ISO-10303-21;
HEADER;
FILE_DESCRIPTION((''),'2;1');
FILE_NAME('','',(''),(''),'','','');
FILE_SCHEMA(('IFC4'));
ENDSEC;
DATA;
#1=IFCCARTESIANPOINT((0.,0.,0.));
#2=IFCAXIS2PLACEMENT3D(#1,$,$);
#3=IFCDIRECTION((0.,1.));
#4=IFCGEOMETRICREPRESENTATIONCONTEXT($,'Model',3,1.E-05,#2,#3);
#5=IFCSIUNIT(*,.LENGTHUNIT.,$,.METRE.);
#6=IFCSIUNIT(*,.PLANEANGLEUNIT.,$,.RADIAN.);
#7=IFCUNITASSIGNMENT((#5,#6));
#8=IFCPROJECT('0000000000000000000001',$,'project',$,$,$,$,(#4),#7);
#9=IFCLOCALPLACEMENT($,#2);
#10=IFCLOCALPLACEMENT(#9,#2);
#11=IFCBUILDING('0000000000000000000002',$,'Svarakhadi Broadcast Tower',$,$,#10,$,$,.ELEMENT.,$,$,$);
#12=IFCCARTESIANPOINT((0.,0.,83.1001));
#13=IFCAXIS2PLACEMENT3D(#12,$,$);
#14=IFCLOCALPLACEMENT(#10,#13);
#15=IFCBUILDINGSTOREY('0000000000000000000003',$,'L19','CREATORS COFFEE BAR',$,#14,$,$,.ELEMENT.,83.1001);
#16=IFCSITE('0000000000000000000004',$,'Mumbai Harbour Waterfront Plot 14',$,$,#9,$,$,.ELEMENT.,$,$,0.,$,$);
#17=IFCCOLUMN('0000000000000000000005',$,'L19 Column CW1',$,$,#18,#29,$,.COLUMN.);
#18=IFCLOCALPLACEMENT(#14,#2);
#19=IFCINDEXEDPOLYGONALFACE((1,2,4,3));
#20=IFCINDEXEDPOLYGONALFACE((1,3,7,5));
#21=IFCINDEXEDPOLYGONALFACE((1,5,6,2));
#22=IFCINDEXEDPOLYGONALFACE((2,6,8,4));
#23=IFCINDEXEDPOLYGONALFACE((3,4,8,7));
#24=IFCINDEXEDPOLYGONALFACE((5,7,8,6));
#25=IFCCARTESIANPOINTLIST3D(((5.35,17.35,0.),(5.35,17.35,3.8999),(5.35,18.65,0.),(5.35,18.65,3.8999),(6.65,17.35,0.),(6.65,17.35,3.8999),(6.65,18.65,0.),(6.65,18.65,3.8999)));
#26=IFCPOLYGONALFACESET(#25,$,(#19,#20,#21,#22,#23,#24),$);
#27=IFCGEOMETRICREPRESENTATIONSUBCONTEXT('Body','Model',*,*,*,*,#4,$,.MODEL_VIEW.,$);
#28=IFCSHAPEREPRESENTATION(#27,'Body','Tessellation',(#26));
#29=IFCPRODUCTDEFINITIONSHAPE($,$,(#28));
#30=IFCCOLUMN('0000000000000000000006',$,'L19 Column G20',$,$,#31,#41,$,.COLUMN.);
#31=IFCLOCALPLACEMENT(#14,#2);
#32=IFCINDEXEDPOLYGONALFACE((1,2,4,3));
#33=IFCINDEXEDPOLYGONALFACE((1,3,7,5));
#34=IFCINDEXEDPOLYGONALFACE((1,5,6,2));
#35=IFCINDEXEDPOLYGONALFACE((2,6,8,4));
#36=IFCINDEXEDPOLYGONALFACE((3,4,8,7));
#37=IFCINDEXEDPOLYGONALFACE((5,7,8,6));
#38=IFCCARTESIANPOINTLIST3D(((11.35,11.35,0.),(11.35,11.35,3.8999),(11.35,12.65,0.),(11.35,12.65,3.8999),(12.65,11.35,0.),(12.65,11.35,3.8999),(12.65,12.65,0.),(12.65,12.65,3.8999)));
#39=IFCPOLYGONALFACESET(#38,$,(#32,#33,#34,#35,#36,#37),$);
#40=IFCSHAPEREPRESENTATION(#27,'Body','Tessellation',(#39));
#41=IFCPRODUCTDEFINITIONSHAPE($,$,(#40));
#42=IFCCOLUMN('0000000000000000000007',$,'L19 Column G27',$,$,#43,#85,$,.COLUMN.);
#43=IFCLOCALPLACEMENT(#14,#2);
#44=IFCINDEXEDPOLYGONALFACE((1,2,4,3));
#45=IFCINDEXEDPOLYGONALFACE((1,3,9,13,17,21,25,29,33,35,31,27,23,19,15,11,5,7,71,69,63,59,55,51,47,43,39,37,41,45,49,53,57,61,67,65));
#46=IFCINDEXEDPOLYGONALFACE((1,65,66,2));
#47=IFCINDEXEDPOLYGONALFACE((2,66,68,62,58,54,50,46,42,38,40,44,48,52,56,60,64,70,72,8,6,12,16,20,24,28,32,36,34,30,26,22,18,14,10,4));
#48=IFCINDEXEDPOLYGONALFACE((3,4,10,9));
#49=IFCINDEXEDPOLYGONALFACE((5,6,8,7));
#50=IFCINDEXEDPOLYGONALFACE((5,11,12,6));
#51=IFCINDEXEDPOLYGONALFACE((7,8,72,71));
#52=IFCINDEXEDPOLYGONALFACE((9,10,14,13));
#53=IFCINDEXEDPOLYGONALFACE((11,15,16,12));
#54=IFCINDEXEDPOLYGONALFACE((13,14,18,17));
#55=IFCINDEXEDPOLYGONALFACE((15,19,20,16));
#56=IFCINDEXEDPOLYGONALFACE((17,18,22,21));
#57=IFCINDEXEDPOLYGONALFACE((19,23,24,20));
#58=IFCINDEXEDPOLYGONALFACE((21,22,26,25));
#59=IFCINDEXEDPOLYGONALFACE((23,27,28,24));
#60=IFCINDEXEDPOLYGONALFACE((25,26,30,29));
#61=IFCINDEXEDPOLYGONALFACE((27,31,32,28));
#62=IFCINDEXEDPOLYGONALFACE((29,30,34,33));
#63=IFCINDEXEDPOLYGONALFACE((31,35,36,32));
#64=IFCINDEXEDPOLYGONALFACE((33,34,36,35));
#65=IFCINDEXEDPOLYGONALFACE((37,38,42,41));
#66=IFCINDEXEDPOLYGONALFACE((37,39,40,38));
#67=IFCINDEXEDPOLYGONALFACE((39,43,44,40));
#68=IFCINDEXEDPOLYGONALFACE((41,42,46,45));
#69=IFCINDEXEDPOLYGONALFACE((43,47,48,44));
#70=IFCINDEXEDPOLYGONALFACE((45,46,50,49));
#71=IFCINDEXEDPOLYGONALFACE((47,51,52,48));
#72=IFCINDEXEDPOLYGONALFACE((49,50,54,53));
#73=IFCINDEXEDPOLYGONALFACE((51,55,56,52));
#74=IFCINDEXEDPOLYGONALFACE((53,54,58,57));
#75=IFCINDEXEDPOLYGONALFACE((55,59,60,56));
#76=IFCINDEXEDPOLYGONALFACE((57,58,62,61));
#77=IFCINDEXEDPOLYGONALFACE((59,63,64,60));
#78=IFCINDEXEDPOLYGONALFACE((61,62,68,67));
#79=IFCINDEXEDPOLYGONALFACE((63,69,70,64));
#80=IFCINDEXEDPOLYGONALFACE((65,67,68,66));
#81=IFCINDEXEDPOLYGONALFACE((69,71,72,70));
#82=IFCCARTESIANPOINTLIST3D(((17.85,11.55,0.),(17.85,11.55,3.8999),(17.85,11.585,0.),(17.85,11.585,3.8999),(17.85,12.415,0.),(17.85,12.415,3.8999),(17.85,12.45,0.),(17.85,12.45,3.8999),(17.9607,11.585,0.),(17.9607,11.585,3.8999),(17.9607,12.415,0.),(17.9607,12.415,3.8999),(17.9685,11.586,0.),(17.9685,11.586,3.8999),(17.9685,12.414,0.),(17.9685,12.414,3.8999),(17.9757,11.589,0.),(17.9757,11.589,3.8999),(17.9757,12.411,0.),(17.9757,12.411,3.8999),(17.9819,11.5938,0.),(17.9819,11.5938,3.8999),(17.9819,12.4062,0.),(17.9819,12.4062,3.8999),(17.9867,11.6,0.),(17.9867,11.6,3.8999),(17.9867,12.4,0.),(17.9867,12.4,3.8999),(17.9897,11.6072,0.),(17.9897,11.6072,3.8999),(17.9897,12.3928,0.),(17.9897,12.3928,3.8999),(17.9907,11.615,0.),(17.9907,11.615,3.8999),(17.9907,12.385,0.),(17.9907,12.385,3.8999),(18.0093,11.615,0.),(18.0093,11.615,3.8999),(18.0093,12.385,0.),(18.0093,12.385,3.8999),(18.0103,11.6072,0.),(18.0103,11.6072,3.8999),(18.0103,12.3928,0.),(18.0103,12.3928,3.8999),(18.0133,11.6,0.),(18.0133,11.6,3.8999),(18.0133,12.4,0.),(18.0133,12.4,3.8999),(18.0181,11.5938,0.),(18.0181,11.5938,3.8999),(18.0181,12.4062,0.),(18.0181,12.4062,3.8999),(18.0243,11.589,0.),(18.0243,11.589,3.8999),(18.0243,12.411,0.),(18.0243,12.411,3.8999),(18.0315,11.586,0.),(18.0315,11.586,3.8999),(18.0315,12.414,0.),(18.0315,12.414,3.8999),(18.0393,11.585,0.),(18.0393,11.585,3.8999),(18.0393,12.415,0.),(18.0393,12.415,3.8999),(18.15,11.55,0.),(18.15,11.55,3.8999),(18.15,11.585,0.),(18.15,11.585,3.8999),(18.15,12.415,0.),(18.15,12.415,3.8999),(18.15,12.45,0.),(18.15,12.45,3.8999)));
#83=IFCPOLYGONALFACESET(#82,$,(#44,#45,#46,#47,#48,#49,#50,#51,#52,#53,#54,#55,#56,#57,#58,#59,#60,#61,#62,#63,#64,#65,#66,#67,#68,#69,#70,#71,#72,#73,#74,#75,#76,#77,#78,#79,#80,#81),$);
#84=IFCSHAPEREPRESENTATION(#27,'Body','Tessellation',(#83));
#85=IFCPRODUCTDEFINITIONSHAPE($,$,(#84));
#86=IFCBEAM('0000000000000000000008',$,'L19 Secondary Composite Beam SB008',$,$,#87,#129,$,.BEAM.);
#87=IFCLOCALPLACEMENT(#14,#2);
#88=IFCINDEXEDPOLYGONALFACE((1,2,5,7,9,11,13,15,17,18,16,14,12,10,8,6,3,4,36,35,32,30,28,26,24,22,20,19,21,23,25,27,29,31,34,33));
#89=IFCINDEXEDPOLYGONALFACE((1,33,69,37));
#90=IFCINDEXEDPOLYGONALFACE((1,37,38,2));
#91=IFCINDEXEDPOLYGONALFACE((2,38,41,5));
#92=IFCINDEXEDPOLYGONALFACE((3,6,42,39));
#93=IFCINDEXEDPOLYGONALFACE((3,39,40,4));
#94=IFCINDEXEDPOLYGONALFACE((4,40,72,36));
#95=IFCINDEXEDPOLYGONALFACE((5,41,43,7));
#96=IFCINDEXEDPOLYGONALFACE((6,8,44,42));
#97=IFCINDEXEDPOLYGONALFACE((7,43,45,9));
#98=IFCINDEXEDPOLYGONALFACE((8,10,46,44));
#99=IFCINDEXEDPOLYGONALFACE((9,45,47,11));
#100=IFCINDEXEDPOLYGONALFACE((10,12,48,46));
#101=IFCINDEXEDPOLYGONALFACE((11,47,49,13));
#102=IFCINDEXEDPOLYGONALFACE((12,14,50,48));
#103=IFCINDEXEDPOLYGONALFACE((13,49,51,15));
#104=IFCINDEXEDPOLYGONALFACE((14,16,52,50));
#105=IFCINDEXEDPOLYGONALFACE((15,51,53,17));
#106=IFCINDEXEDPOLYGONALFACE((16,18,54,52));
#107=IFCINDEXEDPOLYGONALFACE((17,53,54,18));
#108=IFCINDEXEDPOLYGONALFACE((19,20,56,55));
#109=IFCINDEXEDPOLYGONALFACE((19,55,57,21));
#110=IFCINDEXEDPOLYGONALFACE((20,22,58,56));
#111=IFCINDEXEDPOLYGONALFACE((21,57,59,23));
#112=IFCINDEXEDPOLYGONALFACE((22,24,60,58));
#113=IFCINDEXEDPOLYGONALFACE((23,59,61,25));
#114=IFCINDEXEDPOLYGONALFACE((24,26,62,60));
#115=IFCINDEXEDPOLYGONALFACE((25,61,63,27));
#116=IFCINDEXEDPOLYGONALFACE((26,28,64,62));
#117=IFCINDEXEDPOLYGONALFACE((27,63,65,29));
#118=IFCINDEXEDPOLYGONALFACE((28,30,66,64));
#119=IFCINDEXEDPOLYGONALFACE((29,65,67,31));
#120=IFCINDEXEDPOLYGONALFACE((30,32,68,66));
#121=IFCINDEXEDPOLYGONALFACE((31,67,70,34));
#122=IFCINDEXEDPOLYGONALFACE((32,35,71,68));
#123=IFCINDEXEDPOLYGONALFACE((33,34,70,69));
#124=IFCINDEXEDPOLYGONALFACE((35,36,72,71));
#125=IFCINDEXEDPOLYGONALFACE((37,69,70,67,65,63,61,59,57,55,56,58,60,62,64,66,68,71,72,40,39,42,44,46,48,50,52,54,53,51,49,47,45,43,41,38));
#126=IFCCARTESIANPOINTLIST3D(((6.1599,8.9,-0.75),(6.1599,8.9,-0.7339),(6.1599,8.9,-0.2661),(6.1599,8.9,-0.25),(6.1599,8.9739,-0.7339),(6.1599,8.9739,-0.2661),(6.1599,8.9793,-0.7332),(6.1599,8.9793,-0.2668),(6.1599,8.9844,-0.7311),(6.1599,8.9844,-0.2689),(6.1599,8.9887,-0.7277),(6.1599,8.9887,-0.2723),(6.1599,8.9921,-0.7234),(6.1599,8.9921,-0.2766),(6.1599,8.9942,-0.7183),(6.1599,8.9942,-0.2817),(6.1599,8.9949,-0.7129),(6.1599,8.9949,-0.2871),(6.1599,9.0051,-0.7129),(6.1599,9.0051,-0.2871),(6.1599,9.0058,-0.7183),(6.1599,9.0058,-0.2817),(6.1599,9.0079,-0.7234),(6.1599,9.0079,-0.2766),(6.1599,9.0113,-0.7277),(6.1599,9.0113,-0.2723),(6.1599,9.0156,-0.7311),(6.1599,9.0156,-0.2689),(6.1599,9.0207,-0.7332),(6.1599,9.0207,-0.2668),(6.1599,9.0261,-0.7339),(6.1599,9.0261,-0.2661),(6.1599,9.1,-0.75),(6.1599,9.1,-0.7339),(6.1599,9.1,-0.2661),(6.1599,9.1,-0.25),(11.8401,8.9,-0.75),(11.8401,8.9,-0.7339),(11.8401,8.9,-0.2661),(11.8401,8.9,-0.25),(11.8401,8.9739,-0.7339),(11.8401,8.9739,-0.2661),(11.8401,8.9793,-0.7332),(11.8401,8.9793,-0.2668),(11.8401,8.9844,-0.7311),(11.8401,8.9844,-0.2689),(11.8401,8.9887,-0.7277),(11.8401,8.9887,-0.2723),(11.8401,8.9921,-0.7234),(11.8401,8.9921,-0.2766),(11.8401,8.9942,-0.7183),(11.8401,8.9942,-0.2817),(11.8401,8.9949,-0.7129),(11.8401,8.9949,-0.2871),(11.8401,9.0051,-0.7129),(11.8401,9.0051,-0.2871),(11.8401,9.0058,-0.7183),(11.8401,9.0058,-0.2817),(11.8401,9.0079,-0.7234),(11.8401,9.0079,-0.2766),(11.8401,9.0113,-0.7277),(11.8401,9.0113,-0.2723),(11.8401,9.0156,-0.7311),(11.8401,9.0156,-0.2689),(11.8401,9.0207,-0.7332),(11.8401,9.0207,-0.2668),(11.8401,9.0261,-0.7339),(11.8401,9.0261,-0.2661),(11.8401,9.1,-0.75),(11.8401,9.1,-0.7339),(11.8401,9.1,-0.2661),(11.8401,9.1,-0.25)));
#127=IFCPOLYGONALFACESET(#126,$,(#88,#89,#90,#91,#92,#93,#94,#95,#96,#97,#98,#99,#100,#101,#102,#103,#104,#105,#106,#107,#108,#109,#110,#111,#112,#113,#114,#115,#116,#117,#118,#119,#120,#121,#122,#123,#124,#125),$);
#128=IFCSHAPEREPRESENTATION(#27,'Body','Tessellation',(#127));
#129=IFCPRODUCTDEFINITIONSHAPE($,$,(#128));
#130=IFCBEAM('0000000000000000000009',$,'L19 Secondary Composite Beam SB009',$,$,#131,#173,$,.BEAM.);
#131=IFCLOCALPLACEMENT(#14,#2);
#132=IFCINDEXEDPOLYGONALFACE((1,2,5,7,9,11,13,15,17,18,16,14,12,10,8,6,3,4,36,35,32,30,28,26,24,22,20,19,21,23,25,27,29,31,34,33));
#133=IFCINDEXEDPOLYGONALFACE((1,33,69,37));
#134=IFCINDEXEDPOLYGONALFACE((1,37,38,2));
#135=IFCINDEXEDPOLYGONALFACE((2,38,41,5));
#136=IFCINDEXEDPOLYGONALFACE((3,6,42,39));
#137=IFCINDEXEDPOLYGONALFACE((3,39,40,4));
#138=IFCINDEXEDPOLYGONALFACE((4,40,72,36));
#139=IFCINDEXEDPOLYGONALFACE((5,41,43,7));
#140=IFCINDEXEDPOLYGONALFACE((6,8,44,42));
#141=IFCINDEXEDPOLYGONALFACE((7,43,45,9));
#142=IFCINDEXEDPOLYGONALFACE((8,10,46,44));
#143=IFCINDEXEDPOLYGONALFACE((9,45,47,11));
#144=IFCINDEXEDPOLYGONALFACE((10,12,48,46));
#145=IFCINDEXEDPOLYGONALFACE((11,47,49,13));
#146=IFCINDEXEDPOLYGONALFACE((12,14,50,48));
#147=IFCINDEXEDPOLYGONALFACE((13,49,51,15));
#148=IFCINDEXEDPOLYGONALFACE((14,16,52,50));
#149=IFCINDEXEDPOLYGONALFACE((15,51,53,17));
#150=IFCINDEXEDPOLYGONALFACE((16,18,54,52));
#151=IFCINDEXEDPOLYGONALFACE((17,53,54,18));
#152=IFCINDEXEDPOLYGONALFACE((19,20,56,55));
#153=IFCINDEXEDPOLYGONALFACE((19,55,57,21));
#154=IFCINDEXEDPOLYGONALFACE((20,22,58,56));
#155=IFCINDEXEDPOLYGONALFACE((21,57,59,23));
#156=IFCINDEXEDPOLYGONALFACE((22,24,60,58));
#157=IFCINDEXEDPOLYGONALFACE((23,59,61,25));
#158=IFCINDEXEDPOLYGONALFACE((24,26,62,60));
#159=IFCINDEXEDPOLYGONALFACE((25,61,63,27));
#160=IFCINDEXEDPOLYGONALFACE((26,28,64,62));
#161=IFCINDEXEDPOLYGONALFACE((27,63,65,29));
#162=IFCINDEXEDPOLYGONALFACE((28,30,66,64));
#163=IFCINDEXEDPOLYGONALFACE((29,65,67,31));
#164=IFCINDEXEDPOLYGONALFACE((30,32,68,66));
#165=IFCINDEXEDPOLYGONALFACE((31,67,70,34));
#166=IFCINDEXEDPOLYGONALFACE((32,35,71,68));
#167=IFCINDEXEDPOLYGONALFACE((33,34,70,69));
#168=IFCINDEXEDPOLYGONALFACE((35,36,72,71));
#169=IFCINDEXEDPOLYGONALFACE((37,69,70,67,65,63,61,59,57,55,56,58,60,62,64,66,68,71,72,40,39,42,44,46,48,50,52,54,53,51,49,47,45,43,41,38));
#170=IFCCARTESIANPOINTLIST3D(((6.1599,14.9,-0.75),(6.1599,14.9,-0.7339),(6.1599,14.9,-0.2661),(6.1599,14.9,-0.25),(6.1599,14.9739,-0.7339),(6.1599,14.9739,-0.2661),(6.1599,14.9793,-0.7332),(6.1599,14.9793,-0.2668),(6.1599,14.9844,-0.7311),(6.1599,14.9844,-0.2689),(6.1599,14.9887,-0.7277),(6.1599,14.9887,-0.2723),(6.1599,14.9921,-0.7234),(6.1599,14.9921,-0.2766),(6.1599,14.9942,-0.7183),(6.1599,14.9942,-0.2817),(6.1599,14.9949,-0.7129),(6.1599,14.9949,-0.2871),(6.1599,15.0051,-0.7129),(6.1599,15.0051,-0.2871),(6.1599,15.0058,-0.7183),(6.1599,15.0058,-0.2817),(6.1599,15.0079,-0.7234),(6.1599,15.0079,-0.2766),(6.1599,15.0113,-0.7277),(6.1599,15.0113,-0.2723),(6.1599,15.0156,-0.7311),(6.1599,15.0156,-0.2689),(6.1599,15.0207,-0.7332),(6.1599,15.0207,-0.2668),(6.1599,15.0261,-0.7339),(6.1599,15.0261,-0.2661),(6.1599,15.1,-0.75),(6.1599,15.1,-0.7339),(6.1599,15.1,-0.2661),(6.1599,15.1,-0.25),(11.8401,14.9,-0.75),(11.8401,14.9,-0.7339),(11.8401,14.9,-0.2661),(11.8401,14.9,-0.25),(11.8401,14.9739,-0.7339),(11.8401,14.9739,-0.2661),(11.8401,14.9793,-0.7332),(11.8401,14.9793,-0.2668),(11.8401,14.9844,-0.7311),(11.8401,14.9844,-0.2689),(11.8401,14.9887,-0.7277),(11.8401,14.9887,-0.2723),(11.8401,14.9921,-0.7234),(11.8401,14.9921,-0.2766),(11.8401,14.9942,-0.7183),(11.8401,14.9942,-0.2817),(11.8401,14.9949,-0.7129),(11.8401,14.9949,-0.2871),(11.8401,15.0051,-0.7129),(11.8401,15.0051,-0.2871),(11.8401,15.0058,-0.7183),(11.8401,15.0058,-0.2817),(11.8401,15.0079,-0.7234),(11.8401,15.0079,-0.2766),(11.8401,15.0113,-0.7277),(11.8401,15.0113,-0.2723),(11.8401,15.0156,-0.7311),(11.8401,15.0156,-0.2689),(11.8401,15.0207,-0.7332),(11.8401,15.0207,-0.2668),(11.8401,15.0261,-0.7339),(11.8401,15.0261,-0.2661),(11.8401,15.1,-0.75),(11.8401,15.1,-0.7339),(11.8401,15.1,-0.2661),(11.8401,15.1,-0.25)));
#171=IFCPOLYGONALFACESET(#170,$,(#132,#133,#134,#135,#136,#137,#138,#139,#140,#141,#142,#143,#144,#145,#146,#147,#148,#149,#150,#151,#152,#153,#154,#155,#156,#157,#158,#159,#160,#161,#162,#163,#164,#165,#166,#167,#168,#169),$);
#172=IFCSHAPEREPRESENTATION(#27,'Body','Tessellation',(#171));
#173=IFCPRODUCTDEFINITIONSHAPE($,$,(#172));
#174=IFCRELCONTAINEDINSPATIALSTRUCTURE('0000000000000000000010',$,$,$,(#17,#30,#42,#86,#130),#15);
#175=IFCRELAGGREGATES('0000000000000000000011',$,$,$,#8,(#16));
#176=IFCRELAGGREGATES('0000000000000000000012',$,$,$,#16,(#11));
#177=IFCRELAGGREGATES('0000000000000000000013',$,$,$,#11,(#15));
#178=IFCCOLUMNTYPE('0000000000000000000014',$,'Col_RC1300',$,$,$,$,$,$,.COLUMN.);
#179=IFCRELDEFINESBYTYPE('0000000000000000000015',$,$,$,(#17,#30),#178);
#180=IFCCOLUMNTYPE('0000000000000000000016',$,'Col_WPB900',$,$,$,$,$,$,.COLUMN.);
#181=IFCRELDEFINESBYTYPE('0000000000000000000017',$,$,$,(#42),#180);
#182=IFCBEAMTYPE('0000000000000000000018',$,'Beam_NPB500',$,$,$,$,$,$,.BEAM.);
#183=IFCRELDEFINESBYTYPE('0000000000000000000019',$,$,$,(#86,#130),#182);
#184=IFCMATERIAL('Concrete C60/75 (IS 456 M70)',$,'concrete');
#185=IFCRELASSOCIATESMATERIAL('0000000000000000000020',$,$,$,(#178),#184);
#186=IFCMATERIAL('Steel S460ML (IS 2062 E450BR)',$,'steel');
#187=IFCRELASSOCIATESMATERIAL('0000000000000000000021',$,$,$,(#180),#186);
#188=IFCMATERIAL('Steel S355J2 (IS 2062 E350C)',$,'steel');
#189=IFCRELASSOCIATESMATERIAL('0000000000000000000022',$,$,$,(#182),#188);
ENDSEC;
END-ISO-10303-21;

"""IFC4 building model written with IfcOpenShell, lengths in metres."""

from ifc_helpers import new_model, si_unit, direction, frame, origin, origin_2d, place, context, subcontext, project, spatial, rectangle, i_section, extrude, material, material_profile, profile_set, type_object, element, save


model = new_model("IFC4")

# Units and contexts
model_context = context("Model", 3, precision=1e-05, world=origin(), true_north=direction((0.0, 1.0)))
body_context = subcontext(model_context, "Body", "Model", "MODEL_VIEW")
ifc_project = project(units=[si_unit("LENGTHUNIT", "METRE"), si_unit("PLANEANGLEUNIT", "RADIAN")], contexts=[model_context])

# Site, building, storey
site_placement = place(None, origin())
site = spatial("IfcSite", under=ifc_project, at=site_placement, Name="Mumbai Harbour Waterfront Plot 14", CompositionType="ELEMENT", RefElevation=0.0)
building_placement = place(site_placement, origin())
building = spatial("IfcBuilding", under=site, at=building_placement, Name="Svarakhadi Broadcast Tower", CompositionType="ELEMENT")
storey_placement = place(building_placement, frame((0.0, 0.0, 83.1001)))
storey = spatial("IfcBuildingStorey", under=building, at=storey_placement, Name="L19", Description="CREATORS COFFEE BAR", CompositionType="ELEMENT", Elevation=83.1001)

# Columns
ifc_material_1 = material(Name="Concrete C60/75 (IS 456 M70)", Category="concrete")
ifc_material_profile_1 = material_profile(ifc_material_1, rectangle(XDim=1.3, YDim=1.3, at=origin_2d()), Name="RC 1300x1300")
ifc_profile_set_1 = profile_set([ifc_material_profile_1], Name="Concrete C60/75 (IS 456 M70)")
column_type_1 = type_object("IfcColumnType", Name="Col_RC1300", PredefinedType="COLUMN", material=ifc_profile_set_1)
for number, where, z_axis, x_axis, name in (
    (1, (6.0, 18.0, 0.0), (0.0, 0.0, 1.0), (1.0, 0.0, 0.0), "L19 Column CW1"),
    (2, (12.0, 12.0, 0.0), (0.0, 0.0, 1.0), (1.0, 0.0, 0.0), "L19 Column G20"),
):
    element("IfcColumn", number, at=place(storey_placement, frame(where, z_axis=z_axis, x_axis=x_axis)), inside=storey, type_object=column_type_1, Name=name, PredefinedType="COLUMN", context=body_context, shape_type="SweptSolid", body=[
        extrude(rectangle(XDim=1.3, YDim=1.3, at=origin_2d()), origin(), (0.0, 0.0, 1.0), 3.8999),
    ])
ifc_material_2 = material(Name="Steel S460ML (IS 2062 E450BR)", Category="steel")
ifc_material_profile_2 = material_profile(ifc_material_2, i_section(OverallWidth=0.3, OverallDepth=0.8999, WebThickness=0.0186, FlangeThickness=0.0349, FilletRadius=0.03, at=origin_2d()), Name="WPB 900x300x291")
ifc_profile_set_2 = profile_set([ifc_material_profile_2], Name="Steel S460ML (IS 2062 E450BR)")
column_type_2 = type_object("IfcColumnType", Name="Col_WPB900", PredefinedType="COLUMN", material=ifc_profile_set_2)
column_placement = place(storey_placement, frame((18.0, 12.0, 0.0), z_axis=(0.0, 0.0, 1.0), x_axis=(1.0, 0.0, 0.0)))
element("IfcColumn", 3, at=column_placement, inside=storey, type_object=column_type_2, Name="L19 Column G27", PredefinedType="COLUMN", context=body_context, shape_type="SweptSolid", body=[
    extrude(i_section(OverallWidth=0.3, OverallDepth=0.8999, WebThickness=0.0186, FlangeThickness=0.0349, FilletRadius=0.03, at=origin_2d()), origin(), (0.0, 0.0, 1.0), 3.8999),
])

# Beams
ifc_material_3 = material(Name="Steel S355J2 (IS 2062 E350C)", Category="steel")
ifc_material_profile_3 = material_profile(ifc_material_3, i_section(OverallWidth=0.2, OverallDepth=0.5, WebThickness=0.0103, FlangeThickness=0.0161, FilletRadius=0.021, at=origin_2d()), Name="NPB 500x200x91")
ifc_profile_set_3 = profile_set([ifc_material_profile_3], Name="Steel S355J2 (IS 2062 E350C)")
beam_type_1 = type_object("IfcBeamType", Name="Beam_NPB500", PredefinedType="BEAM", material=ifc_profile_set_3)
for number, where, z_axis, x_axis, name in (
    (4, (6.1599, 9.0, -0.5), (1.0, 0.0, 0.0), (0.0, 1.0, 0.0), "L19 Secondary Composite Beam SB008"),
    (5, (6.1599, 15.0, -0.5), (1.0, 0.0, 0.0), (0.0, 1.0, 0.0), "L19 Secondary Composite Beam SB009"),
):
    element("IfcBeam", number, at=place(storey_placement, frame(where, z_axis=z_axis, x_axis=x_axis)), inside=storey, type_object=beam_type_1, Name=name, PredefinedType="BEAM", context=body_context, shape_type="SweptSolid", body=[
        extrude(i_section(OverallWidth=0.2, OverallDepth=0.5, WebThickness=0.0103, FlangeThickness=0.0161, FilletRadius=0.021, at=origin_2d()), origin(), (0.0, 0.0, 1.0), 5.6802),
    ])

save(model, "model.ifc")
